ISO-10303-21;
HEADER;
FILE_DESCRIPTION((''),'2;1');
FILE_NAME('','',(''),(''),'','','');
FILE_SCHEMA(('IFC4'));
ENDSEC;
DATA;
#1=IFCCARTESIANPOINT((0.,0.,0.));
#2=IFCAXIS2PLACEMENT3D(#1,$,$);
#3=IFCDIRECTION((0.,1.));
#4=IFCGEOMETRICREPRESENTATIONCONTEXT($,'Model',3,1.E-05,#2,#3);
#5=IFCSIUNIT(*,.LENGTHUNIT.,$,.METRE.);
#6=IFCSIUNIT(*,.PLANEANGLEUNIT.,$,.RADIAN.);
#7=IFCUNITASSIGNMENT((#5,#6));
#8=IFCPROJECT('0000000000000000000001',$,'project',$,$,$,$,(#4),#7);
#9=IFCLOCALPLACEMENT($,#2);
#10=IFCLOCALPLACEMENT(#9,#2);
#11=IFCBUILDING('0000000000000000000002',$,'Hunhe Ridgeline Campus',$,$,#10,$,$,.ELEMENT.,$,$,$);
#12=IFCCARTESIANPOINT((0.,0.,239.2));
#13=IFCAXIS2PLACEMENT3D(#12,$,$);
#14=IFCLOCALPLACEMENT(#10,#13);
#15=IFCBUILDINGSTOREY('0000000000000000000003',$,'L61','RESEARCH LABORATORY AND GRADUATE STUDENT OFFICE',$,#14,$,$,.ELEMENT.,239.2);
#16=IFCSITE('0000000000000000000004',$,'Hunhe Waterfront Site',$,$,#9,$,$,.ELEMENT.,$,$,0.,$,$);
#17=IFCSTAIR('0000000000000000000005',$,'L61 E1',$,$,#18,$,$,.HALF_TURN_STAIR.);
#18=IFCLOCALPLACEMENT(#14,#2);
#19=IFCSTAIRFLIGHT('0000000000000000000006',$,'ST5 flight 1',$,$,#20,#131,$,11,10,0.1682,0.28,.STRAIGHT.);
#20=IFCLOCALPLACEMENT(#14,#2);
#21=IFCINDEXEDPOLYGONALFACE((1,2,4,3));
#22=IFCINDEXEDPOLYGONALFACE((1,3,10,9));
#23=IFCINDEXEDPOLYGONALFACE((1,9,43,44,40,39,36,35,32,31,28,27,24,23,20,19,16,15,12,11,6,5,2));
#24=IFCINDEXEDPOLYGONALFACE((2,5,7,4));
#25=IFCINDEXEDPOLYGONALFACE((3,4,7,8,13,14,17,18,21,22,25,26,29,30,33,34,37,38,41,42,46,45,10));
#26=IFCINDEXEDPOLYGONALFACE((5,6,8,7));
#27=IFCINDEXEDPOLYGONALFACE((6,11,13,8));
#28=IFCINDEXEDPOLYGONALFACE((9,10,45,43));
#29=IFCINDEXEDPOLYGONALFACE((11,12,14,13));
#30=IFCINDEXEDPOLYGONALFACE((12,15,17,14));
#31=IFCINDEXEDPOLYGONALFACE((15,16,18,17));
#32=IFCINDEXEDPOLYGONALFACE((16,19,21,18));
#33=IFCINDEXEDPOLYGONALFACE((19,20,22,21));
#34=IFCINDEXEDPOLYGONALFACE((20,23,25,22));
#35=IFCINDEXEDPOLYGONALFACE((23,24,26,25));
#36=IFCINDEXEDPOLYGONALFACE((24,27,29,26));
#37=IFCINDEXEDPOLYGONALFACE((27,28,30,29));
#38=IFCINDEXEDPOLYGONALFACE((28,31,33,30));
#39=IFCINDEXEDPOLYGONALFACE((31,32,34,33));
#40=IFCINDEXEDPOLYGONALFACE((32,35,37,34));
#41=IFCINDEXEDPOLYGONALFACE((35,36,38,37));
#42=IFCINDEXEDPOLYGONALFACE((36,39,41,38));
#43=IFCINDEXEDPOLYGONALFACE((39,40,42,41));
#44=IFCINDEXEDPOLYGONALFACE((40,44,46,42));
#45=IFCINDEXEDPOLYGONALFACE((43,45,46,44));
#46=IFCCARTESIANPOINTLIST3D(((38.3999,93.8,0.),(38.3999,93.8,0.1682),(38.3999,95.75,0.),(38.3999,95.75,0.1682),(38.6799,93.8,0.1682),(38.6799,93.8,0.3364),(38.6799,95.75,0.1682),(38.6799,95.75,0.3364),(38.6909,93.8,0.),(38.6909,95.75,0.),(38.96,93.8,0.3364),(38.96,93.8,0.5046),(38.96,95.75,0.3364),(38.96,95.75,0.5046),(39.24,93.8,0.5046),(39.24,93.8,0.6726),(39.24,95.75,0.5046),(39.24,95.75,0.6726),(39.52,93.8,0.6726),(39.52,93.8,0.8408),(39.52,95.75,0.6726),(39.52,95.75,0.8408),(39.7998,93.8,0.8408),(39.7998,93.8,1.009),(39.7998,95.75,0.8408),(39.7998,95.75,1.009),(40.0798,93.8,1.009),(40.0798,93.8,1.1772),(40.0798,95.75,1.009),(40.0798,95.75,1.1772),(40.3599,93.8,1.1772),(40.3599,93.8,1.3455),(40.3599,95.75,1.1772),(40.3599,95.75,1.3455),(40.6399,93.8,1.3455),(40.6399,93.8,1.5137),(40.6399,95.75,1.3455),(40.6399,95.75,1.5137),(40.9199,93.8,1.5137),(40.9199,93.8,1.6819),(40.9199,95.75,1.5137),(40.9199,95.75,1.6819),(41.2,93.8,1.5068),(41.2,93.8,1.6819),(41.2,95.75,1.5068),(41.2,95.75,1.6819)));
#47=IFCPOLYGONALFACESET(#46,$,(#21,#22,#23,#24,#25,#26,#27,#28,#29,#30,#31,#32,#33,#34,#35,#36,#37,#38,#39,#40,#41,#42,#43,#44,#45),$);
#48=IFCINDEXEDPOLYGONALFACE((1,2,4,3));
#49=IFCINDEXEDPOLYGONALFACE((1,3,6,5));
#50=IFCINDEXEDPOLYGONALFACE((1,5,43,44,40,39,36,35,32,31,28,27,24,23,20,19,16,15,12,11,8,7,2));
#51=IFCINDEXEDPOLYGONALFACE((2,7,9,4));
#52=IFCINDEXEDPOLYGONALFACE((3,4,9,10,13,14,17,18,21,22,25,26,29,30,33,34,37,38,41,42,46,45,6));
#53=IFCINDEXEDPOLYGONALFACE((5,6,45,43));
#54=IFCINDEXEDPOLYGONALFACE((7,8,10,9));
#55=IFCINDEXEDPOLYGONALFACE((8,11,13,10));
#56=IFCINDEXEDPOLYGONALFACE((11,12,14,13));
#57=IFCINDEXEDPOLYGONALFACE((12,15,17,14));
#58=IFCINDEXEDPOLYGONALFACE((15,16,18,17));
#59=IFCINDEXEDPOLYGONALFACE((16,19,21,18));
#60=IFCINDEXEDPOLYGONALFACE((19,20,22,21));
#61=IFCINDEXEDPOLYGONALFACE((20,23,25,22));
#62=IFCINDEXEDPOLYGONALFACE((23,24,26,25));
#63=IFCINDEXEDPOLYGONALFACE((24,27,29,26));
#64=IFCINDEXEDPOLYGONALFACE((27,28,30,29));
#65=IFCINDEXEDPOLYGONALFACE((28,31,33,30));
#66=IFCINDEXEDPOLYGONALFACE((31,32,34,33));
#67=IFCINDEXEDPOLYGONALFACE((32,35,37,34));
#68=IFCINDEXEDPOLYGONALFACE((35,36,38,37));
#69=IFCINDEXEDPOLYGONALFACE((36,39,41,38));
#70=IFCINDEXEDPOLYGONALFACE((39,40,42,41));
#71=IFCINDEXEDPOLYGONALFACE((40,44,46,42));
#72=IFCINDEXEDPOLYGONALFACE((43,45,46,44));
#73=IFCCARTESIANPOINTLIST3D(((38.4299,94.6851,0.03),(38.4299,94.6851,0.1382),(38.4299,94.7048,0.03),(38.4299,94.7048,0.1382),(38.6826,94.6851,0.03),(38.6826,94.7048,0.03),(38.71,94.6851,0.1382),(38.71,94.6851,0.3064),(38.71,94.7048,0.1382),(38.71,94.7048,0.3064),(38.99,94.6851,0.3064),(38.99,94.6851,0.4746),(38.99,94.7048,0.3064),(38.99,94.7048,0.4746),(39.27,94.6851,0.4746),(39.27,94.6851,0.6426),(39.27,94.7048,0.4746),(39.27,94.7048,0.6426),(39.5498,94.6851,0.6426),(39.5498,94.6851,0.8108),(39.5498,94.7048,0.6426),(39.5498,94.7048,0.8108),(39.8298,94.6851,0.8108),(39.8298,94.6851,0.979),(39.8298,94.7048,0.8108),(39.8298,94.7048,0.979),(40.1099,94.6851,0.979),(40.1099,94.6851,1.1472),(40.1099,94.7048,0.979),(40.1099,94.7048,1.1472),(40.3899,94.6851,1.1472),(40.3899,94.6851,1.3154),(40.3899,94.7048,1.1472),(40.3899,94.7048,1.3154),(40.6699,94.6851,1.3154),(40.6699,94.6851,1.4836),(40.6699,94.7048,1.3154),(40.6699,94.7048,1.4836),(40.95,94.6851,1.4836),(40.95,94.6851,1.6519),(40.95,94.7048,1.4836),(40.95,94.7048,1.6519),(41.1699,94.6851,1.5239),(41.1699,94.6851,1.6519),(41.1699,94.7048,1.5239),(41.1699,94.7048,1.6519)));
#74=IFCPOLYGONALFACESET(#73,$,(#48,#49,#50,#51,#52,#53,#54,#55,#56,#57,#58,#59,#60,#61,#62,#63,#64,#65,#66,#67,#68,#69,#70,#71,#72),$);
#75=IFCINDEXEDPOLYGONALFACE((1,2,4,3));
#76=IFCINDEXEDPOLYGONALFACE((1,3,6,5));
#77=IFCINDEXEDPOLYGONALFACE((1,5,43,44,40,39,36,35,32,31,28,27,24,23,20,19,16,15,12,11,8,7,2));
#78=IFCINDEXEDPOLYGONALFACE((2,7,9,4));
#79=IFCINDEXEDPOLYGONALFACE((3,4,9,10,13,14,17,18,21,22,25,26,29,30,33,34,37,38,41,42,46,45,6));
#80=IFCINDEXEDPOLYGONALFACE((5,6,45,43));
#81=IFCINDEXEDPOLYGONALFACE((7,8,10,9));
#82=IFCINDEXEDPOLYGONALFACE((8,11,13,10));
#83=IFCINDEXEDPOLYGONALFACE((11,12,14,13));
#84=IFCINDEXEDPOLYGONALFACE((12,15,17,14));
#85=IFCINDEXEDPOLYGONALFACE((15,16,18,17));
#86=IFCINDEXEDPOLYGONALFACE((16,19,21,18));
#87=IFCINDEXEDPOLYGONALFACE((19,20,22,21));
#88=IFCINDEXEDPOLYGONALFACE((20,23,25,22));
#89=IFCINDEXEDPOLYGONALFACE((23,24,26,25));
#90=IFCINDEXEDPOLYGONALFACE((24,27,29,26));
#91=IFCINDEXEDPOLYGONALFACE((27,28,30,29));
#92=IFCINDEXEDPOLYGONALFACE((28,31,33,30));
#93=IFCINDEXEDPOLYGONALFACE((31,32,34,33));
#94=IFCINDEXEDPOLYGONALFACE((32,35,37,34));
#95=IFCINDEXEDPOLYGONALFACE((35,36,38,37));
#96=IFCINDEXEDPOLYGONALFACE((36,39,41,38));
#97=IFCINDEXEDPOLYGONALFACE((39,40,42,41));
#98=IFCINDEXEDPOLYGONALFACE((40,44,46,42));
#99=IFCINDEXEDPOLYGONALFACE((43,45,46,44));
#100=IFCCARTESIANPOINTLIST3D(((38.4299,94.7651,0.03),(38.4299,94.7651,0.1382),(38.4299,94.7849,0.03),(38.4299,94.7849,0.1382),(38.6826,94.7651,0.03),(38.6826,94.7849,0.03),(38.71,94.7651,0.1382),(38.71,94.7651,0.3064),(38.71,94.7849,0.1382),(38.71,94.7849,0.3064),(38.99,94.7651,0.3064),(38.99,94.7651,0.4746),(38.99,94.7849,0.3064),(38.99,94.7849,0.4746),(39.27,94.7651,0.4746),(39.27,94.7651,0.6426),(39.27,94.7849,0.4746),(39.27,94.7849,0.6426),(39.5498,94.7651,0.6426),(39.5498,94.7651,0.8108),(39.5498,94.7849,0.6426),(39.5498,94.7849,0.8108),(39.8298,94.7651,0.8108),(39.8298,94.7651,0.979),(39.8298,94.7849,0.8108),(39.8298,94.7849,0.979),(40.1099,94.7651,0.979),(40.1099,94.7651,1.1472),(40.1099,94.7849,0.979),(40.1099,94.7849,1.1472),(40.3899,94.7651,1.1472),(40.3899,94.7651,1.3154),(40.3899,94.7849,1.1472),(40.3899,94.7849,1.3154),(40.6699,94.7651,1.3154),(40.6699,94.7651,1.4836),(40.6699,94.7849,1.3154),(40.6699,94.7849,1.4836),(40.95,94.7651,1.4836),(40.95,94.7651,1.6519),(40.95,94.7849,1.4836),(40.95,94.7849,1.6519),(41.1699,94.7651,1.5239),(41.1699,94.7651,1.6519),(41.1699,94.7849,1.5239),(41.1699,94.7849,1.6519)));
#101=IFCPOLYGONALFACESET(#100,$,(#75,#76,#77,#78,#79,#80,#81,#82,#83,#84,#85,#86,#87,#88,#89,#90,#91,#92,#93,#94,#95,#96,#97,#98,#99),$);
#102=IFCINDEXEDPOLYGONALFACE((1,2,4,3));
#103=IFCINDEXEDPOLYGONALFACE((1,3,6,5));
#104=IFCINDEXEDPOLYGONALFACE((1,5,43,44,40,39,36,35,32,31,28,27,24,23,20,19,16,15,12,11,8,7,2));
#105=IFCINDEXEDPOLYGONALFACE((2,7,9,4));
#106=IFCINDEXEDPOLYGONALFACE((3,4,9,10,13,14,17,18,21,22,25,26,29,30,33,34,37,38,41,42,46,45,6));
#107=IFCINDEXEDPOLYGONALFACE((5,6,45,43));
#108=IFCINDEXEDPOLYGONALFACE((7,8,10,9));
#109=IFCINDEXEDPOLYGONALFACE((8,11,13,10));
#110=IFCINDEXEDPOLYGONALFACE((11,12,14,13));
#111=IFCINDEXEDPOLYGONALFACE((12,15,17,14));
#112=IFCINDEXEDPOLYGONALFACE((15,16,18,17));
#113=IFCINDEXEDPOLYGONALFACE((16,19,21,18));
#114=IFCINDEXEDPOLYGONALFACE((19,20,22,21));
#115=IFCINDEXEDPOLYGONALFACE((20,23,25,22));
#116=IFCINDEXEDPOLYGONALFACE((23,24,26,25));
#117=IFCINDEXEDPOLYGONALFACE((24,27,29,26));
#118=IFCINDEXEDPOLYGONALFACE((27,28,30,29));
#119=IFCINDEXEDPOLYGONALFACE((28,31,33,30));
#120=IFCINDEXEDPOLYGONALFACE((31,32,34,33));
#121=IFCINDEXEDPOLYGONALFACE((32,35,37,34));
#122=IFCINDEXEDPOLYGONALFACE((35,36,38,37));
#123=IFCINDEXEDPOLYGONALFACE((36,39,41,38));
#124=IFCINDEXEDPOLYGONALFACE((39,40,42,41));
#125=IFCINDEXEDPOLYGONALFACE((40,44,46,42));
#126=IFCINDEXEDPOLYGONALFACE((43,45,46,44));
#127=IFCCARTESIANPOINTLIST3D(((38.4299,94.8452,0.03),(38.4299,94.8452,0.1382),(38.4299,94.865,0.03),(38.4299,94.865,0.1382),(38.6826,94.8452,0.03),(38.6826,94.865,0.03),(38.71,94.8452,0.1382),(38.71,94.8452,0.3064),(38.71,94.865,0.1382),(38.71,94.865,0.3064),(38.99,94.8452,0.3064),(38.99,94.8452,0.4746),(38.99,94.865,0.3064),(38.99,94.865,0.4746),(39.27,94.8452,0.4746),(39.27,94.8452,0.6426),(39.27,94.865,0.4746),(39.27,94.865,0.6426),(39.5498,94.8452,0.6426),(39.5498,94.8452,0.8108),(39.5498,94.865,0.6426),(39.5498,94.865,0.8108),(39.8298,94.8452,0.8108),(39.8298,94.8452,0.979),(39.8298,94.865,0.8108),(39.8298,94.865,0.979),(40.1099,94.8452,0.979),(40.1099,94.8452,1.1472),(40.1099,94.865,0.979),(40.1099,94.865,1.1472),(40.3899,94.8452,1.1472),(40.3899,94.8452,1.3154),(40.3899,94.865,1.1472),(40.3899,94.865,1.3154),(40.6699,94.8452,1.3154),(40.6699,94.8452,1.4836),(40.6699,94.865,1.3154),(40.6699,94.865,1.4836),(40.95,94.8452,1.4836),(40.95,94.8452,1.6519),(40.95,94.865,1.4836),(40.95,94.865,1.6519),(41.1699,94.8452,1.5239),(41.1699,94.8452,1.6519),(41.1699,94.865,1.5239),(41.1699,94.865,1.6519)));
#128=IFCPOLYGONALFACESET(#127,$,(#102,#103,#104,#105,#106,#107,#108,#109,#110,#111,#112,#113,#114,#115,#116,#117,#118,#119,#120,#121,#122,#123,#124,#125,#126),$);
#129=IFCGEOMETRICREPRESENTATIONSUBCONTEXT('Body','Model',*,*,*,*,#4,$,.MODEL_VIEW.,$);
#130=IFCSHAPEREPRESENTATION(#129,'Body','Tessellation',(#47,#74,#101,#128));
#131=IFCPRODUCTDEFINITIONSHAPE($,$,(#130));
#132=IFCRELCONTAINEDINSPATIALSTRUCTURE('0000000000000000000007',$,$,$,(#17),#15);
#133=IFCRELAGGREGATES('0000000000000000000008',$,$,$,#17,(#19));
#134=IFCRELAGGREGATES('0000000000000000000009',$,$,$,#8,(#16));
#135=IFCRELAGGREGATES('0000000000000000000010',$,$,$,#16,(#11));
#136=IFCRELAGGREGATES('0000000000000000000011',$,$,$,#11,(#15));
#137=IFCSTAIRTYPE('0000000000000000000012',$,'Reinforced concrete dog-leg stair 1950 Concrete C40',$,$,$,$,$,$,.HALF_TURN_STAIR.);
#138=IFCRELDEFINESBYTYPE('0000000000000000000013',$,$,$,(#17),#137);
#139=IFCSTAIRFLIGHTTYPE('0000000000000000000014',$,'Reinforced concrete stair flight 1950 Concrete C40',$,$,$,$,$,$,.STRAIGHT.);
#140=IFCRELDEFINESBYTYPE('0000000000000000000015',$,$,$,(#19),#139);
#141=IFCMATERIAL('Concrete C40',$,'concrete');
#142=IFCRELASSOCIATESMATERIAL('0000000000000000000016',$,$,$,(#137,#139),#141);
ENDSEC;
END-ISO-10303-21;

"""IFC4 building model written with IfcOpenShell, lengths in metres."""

from ifc_helpers import new_model, si_unit, direction, frame, origin, place, context, subcontext, project, spatial, polyline, outline, extrude, material, type_object, element, aggregate, save


model = new_model("IFC4")

# Units and contexts
model_context = context("Model", 3, precision=1e-05, world=origin(), true_north=direction((0.0, 1.0)))
body_context = subcontext(model_context, "Body", "Model", "MODEL_VIEW")
ifc_project = project(units=[si_unit("LENGTHUNIT", "METRE"), si_unit("PLANEANGLEUNIT", "RADIAN")], contexts=[model_context])

# Site, building, storey
site_placement = place(None, origin())
site = spatial("IfcSite", under=ifc_project, at=site_placement, Name="Hunhe Waterfront Site", CompositionType="ELEMENT", RefElevation=0.0)
building_placement = place(site_placement, origin())
building = spatial("IfcBuilding", under=site, at=building_placement, Name="Hunhe Ridgeline Campus", CompositionType="ELEMENT")
storey_placement = place(building_placement, frame((0.0, 0.0, 239.2)))
storey = spatial("IfcBuildingStorey", under=building, at=storey_placement, Name="L61", Description="RESEARCH LABORATORY AND GRADUATE STUDENT OFFICE", CompositionType="ELEMENT", Elevation=239.2)

# Stair, stair flight
ifc_material_1 = material(Name="Concrete C40", Category="concrete")
stair_type = type_object("IfcStairType", Name="Reinforced concrete dog-leg stair 1950 Concrete C40", PredefinedType="HALF_TURN_STAIR", material=ifc_material_1)
stair_placement = place(storey_placement, origin())
stair = element("IfcStair", 1, at=stair_placement, inside=storey, type_object=stair_type, Name="L61 E1", PredefinedType="HALF_TURN_STAIR")
stair_flight_type = type_object("IfcStairFlightType", Name="Reinforced concrete stair flight 1950 Concrete C40", PredefinedType="STRAIGHT", material=ifc_material_1)
stair_flight_1_placement = place(storey_placement, frame((38.3999, 94.7749, 0.0), z_axis=(0.0, 0.0, 1.0), x_axis=(1.0, 0.0, 0.0)))
stair_flight_1 = element("IfcStairFlight", 2, at=stair_flight_1_placement, type_object=stair_flight_type, Name="ST5 flight 1", NumberOfRisers=11, NumberOfTreads=10, PredefinedType="STRAIGHT", RiserHeight=0.1682, TreadLength=0.28, context=body_context, shape_type="SweptSolid", body=[
    extrude(outline(polyline([(0.0, 0.0), (0.0, 0.1682), (0.28, 0.1682), (0.28, 0.3364), (0.5601, 0.3364), (0.5601, 0.5046), (0.8401, 0.5046), (0.8401, 0.6726), (1.1201, 0.6726), (1.1201, 0.8408), (1.3999, 0.8408), (1.3999, 1.009), (1.6799, 1.009), (1.6799, 1.1772), (1.96, 1.1772), (1.96, 1.3455), (2.24, 1.3455), (2.24, 1.5137), (2.52, 1.5137), (2.52, 1.6819), (2.8, 1.6819), (2.8, 1.8501), (2.8, 1.5068), (0.291, 0.0), (0.0, 0.0)])), frame((0.0, 0.9751, 0.0), z_axis=(0.0, -1.0, 0.0), x_axis=(1.0, 0.0, 0.0)), (0.0, 0.0, 1.0), 1.95),
    extrude(outline(polyline([(0.03, 0.03), (0.03, 0.1382), (0.3101, 0.1382), (0.3101, 0.3064), (0.5901, 0.3064), (0.5901, 0.4746), (0.8701, 0.4746), (0.8701, 0.6426), (1.1499, 0.6426), (1.1499, 0.8108), (1.4299, 0.8108), (1.4299, 0.979), (1.71, 0.979), (1.71, 1.1472), (1.99, 1.1472), (1.99, 1.3154), (2.27, 1.3154), (2.27, 1.4836), (2.55, 1.4836), (2.55, 1.6519), (2.77, 1.6519), (2.77, 1.5239), (0.2827, 0.03), (0.03, 0.03)])), frame((0.0, -0.0701, 0.0), z_axis=(0.0, -1.0, 0.0), x_axis=(1.0, 0.0, 0.0)), (0.0, 0.0, 1.0), 0.0198),
    extrude(outline(polyline([(0.03, 0.03), (0.03, 0.1382), (0.3101, 0.1382), (0.3101, 0.3064), (0.5901, 0.3064), (0.5901, 0.4746), (0.8701, 0.4746), (0.8701, 0.6426), (1.1499, 0.6426), (1.1499, 0.8108), (1.4299, 0.8108), (1.4299, 0.979), (1.71, 0.979), (1.71, 1.1472), (1.99, 1.1472), (1.99, 1.3154), (2.27, 1.3154), (2.27, 1.4836), (2.55, 1.4836), (2.55, 1.6519), (2.77, 1.6519), (2.77, 1.5239), (0.2827, 0.03), (0.03, 0.03)])), frame((0.0, 0.01, 0.0), z_axis=(0.0, -1.0, 0.0), x_axis=(1.0, 0.0, 0.0)), (0.0, 0.0, 1.0), 0.0198),
    extrude(outline(polyline([(0.03, 0.03), (0.03, 0.1382), (0.3101, 0.1382), (0.3101, 0.3064), (0.5901, 0.3064), (0.5901, 0.4746), (0.8701, 0.4746), (0.8701, 0.6426), (1.1499, 0.6426), (1.1499, 0.8108), (1.4299, 0.8108), (1.4299, 0.979), (1.71, 0.979), (1.71, 1.1472), (1.99, 1.1472), (1.99, 1.3154), (2.27, 1.3154), (2.27, 1.4836), (2.55, 1.4836), (2.55, 1.6519), (2.77, 1.6519), (2.77, 1.5239), (0.2827, 0.03), (0.03, 0.03)])), frame((0.0, 0.0901, 0.0), z_axis=(0.0, -1.0, 0.0), x_axis=(1.0, 0.0, 0.0)), (0.0, 0.0, 1.0), 0.0198),
])
aggregate(stair, [stair_flight_1])

save(model, "model.ifc")
